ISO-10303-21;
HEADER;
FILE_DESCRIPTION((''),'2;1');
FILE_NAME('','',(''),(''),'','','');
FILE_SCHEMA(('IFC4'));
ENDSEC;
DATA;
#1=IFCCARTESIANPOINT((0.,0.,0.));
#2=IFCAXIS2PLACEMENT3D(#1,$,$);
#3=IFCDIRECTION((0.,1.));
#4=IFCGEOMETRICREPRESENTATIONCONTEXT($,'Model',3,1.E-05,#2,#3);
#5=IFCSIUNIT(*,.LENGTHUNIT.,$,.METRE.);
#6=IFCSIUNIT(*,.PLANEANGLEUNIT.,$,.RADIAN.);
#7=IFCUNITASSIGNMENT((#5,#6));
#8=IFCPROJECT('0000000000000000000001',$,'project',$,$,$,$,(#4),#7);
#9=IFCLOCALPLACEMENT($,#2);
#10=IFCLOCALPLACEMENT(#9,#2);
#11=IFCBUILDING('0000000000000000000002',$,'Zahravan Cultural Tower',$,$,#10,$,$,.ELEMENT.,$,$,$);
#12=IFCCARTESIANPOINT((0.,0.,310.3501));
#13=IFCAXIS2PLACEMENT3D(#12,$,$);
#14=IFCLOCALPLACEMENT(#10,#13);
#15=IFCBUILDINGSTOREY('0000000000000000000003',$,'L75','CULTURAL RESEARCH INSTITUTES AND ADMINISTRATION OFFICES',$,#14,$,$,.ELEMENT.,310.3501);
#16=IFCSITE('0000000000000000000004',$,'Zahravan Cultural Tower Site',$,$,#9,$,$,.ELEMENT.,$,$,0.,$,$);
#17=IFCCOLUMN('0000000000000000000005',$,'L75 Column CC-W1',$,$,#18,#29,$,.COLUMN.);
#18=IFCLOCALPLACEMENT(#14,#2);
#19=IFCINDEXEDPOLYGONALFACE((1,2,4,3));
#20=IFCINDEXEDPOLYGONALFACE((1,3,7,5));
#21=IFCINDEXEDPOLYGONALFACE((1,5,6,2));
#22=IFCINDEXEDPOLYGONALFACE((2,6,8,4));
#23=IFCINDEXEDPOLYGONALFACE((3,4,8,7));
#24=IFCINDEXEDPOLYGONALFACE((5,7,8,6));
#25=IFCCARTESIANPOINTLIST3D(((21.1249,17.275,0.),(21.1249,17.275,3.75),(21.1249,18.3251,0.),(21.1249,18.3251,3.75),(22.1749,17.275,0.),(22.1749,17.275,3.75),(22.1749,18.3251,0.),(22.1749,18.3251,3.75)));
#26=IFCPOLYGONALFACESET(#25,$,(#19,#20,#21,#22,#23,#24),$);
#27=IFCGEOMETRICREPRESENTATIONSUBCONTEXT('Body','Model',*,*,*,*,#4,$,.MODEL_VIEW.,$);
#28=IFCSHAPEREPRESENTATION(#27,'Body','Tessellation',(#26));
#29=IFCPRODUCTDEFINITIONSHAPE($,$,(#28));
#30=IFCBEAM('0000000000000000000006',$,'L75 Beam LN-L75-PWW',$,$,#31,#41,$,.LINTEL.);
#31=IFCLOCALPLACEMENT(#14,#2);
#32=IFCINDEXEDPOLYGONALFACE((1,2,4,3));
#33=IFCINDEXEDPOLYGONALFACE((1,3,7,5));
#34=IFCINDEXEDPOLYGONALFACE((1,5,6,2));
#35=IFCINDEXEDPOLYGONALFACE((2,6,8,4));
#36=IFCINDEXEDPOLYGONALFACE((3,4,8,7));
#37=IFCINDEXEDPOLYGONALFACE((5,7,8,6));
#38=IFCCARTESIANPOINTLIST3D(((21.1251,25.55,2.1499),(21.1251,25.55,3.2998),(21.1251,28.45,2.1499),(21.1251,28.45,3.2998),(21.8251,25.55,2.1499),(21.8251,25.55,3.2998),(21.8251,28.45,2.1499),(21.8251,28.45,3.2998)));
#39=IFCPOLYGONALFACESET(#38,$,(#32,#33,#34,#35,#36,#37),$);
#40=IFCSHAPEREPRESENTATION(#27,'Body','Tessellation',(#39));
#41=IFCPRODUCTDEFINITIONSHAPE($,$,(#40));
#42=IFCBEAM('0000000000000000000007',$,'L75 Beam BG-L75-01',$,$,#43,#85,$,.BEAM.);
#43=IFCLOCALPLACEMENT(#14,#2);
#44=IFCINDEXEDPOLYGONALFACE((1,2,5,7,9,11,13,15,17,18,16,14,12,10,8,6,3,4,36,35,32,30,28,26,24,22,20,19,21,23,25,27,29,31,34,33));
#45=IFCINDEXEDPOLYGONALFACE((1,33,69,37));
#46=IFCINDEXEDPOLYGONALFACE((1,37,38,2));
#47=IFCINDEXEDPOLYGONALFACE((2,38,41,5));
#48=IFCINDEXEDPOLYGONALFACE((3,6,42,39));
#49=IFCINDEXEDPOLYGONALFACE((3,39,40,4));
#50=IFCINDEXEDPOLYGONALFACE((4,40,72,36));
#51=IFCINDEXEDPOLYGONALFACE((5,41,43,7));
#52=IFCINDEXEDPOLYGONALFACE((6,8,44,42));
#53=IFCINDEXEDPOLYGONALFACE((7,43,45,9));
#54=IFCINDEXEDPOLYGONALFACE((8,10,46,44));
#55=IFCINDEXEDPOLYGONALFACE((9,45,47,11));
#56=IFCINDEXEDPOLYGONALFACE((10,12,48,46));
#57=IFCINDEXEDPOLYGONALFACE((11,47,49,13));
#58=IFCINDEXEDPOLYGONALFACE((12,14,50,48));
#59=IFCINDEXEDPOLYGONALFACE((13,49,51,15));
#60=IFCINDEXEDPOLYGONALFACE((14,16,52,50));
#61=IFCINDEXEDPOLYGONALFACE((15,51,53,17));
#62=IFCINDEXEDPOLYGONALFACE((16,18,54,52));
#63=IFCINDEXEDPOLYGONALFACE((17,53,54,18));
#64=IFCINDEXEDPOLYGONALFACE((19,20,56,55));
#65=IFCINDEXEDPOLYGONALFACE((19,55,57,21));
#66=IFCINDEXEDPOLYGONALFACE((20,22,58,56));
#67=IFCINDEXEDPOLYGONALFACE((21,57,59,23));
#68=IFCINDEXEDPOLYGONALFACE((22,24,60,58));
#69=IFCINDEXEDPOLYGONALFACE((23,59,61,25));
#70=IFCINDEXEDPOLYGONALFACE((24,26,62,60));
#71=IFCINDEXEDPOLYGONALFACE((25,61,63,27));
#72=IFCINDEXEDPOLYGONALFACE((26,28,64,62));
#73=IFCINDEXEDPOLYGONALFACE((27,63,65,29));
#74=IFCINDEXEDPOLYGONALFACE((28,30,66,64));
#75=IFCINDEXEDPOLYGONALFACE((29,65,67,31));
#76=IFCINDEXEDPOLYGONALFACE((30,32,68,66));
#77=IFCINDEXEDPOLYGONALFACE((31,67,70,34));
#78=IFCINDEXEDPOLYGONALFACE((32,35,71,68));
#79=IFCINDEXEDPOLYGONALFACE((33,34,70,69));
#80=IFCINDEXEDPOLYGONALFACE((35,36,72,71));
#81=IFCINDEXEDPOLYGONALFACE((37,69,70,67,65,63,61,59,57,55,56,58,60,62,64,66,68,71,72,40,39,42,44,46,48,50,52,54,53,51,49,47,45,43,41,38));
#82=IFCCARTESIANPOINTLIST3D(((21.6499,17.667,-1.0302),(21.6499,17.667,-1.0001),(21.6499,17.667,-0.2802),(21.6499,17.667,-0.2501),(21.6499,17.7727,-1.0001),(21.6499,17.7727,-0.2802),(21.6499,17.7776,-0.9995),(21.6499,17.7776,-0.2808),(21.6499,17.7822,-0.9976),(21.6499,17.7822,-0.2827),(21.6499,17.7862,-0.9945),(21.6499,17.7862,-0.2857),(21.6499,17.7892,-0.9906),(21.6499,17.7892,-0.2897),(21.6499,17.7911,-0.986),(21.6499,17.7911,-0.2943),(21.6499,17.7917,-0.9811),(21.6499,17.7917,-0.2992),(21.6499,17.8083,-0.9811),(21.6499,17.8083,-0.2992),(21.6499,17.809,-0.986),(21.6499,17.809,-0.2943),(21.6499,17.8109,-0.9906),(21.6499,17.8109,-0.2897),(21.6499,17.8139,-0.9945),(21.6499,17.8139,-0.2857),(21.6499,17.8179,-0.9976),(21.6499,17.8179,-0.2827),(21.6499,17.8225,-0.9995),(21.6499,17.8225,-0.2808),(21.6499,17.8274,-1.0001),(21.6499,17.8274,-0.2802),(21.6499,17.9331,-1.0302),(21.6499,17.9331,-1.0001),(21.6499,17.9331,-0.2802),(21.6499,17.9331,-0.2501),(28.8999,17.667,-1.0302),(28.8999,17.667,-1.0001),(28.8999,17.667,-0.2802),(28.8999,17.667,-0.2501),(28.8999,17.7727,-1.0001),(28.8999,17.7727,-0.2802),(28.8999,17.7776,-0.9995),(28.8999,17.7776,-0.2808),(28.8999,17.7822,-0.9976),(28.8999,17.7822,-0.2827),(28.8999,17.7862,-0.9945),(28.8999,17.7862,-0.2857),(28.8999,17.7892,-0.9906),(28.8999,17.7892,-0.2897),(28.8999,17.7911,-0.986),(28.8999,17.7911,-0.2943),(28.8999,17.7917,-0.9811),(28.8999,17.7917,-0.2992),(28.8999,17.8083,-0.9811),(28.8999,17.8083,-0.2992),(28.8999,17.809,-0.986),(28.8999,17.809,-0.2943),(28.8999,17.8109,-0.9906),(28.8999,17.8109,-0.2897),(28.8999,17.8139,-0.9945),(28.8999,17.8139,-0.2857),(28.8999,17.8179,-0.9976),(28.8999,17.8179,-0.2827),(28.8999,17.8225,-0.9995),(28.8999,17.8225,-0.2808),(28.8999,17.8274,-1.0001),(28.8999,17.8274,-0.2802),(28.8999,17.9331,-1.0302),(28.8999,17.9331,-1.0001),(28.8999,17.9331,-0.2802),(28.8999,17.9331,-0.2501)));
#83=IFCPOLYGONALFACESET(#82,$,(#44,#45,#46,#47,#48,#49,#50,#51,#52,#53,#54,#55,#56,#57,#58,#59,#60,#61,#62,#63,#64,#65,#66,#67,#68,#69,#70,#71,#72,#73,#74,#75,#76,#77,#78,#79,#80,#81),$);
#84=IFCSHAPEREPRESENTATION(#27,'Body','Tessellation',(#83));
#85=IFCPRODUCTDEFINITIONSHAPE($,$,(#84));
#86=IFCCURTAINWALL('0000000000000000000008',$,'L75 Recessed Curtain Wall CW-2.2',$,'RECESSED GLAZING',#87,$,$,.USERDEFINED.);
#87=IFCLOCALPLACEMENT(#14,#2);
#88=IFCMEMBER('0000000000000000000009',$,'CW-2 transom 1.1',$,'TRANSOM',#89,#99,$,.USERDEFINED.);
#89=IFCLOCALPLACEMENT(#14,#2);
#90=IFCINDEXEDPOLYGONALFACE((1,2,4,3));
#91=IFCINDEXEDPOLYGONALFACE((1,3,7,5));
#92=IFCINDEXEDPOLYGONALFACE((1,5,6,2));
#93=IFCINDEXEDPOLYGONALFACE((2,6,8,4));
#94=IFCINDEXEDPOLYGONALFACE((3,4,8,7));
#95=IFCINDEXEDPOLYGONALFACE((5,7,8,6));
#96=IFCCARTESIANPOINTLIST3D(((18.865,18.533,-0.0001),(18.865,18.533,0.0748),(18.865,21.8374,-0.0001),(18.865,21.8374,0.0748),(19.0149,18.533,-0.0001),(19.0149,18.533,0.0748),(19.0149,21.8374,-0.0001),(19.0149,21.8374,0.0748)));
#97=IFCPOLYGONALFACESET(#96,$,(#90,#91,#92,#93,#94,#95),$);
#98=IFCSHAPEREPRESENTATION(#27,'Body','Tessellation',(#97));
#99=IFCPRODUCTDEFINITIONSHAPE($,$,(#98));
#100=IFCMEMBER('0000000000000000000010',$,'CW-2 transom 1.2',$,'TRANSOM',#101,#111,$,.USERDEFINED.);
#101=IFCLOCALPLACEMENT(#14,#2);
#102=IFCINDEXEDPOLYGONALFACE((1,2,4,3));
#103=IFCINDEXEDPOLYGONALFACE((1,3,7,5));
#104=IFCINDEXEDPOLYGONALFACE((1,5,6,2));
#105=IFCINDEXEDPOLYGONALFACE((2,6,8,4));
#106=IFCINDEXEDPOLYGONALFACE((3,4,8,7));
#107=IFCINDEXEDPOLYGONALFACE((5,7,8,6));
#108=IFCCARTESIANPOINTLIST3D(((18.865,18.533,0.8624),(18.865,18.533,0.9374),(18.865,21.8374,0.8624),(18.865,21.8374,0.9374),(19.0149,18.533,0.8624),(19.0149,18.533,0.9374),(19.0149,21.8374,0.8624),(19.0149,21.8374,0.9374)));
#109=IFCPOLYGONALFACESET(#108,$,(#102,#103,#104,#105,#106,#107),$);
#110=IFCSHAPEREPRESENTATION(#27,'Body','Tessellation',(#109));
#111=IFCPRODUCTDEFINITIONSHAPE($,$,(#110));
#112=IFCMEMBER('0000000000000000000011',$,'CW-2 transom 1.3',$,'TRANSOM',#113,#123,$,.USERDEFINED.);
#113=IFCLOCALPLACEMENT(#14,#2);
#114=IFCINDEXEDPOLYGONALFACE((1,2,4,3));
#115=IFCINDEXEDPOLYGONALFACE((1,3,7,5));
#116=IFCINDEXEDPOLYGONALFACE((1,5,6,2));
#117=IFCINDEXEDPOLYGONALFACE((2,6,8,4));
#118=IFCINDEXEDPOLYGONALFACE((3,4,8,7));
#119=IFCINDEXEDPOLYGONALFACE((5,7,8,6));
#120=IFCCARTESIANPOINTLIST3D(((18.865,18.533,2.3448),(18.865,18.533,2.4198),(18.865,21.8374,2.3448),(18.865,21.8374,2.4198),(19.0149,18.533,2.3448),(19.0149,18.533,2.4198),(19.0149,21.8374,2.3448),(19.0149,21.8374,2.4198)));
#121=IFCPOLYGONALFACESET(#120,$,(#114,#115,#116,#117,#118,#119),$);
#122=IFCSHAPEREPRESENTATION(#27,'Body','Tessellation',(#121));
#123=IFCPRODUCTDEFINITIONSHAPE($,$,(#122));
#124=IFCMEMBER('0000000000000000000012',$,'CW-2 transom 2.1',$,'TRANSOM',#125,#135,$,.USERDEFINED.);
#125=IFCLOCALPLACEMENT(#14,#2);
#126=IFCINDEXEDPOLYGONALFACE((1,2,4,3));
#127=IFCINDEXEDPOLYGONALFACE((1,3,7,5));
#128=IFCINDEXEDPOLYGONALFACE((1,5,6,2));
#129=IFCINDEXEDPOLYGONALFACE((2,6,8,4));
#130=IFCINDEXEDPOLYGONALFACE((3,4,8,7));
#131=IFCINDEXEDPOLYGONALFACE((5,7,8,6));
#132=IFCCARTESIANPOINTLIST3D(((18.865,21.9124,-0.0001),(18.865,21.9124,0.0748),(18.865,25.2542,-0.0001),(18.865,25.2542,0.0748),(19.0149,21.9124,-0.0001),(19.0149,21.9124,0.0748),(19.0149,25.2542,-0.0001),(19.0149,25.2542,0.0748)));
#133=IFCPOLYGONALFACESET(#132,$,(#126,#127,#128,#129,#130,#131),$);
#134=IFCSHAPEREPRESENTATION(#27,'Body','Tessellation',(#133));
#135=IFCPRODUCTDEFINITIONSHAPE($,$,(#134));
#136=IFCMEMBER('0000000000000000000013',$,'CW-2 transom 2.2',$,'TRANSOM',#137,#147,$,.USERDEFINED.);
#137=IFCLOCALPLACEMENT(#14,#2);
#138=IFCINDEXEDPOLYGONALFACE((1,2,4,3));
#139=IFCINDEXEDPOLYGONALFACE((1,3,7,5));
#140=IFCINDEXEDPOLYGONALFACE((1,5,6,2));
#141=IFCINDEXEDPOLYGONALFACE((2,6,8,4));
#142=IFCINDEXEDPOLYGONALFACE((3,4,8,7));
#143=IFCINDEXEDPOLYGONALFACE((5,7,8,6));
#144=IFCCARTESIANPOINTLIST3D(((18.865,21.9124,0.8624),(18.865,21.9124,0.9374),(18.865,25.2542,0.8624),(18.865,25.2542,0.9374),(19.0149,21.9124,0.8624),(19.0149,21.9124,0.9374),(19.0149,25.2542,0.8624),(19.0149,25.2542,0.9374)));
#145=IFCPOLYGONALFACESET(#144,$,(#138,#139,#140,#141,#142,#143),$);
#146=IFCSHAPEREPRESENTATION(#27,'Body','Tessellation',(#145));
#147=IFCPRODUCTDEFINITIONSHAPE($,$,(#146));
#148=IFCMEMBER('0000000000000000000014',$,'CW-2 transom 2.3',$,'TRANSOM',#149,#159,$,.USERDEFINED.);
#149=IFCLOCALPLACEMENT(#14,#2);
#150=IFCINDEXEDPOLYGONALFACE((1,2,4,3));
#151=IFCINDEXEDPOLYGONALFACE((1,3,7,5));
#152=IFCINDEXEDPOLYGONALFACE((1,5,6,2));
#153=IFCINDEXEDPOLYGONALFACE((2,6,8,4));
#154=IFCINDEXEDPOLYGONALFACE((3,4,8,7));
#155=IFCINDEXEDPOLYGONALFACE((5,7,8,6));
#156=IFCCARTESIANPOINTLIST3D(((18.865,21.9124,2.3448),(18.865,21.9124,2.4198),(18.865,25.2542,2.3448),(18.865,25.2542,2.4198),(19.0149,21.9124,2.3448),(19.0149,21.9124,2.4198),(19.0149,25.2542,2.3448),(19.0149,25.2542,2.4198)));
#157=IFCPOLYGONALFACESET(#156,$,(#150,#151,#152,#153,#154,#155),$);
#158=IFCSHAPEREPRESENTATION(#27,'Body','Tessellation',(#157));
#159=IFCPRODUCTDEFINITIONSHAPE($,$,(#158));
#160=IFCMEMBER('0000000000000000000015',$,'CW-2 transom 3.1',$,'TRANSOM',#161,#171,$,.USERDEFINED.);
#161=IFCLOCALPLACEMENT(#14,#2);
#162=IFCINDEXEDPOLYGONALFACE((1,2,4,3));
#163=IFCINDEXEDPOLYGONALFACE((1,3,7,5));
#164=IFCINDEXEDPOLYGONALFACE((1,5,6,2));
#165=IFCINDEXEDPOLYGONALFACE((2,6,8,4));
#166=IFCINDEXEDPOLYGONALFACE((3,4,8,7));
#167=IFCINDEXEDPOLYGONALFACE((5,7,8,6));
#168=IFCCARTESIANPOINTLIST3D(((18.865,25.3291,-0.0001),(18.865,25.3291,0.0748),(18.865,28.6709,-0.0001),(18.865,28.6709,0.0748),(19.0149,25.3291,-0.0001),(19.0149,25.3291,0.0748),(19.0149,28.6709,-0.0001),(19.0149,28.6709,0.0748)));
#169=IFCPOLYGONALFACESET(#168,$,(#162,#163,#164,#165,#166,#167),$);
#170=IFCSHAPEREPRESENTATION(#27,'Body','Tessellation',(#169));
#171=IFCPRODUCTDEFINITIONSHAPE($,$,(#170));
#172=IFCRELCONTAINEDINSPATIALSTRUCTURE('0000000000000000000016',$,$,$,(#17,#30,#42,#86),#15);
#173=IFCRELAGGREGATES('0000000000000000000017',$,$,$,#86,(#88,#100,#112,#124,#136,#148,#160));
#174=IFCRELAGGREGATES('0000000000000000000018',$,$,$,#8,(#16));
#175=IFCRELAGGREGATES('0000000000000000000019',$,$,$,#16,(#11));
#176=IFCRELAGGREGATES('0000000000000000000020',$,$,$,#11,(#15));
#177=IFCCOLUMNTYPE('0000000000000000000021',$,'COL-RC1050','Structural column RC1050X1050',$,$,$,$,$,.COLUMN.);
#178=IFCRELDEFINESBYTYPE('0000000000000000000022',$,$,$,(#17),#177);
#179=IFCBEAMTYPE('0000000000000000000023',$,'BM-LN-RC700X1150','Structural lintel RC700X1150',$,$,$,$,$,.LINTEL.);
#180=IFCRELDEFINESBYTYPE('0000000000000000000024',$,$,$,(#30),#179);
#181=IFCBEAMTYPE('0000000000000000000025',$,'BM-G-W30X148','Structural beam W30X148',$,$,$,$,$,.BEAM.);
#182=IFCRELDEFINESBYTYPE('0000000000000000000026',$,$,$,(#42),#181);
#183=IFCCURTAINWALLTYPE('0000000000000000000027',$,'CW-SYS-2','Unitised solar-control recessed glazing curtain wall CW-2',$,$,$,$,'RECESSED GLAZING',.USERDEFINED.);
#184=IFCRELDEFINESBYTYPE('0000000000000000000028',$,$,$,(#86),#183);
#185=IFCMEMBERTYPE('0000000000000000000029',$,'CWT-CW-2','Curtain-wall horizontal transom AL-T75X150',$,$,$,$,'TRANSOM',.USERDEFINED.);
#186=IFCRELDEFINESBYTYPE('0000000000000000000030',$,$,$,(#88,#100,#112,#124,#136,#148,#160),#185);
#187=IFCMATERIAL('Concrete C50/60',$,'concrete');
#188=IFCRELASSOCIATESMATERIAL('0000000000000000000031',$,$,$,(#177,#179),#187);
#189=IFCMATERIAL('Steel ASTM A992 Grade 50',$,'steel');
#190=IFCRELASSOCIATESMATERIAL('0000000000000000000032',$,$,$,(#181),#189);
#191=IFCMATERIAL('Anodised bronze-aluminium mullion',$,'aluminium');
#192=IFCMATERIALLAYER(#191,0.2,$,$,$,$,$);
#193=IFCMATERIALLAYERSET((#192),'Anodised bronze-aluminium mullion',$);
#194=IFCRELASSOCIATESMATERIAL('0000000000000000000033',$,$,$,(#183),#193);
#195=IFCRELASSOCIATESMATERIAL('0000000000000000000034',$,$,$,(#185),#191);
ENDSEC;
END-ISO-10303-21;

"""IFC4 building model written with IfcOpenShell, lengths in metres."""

from ifc_helpers import new_model, si_unit, direction, frame, origin, origin_2d, place, context, subcontext, project, spatial, rectangle, i_section, extrude, source, transform, mapped, material, layer, layer_set, material_profile, profile_set, type_object, element, aggregate, save


model = new_model("IFC4")

# Units and contexts
model_context = context("Model", 3, precision=1e-05, world=origin(), true_north=direction((0.0, 1.0)))
body_context = subcontext(model_context, "Body", "Model", "MODEL_VIEW")
ifc_project = project(units=[si_unit("LENGTHUNIT", "METRE"), si_unit("PLANEANGLEUNIT", "RADIAN")], contexts=[model_context])

# Site, building, storey
site_placement = place(None, origin())
site = spatial("IfcSite", under=ifc_project, at=site_placement, Name="Zahravan Cultural Tower Site", CompositionType="ELEMENT", RefElevation=0.0)
building_placement = place(site_placement, origin())
building = spatial("IfcBuilding", under=site, at=building_placement, Name="Zahravan Cultural Tower", CompositionType="ELEMENT")
storey_placement = place(building_placement, frame((0.0, 0.0, 310.3501)))
storey = spatial("IfcBuildingStorey", under=building, at=storey_placement, Name="L75", Description="CULTURAL RESEARCH INSTITUTES AND ADMINISTRATION OFFICES", CompositionType="ELEMENT", Elevation=310.3501)

# Column
ifc_material_1 = material(Name="Concrete C50/60", Category="concrete")
ifc_material_profile_1 = material_profile(ifc_material_1, rectangle(XDim=1.05, YDim=1.05, at=origin_2d()), Name="RC1050X1050")
ifc_profile_set_1 = profile_set([ifc_material_profile_1], Name="Concrete C50/60")
column_type = type_object("IfcColumnType", Name="COL-RC1050", Description="Structural column RC1050X1050", PredefinedType="COLUMN", material=ifc_profile_set_1)
shared_shape_1 = source(origin(), body_context, "Body", "SweptSolid", [
    extrude(rectangle(XDim=1.05, YDim=1.05, at=origin_2d()), origin(), (0.0, 0.0, 1.0), 3.75),
])
column_placement = place(storey_placement, frame((21.6499, 17.8, 0.0), z_axis=(0.0, 0.0, 1.0), x_axis=(1.0, 0.0, 0.0)))
element("IfcColumn", 1, at=column_placement, inside=storey, type_object=column_type, Name="L75 Column CC-W1", PredefinedType="COLUMN", context=body_context, shape_type="MappedRepresentation", body=[
    mapped(shared_shape_1, transform((0.0, 0.0, 0.0), x_axis=(1.0, 0.0, 0.0), y_axis=(0.0, 1.0, 0.0), z_axis=(0.0, 0.0, 1.0), scale=1.0)),
])

# Beams
ifc_material_profile_2 = material_profile(ifc_material_1, rectangle(XDim=0.7, YDim=1.1499, at=origin_2d()), Name="RC700X1150")
ifc_profile_set_2 = profile_set([ifc_material_profile_2], Name="Concrete C50/60")
beam_type_1 = type_object("IfcBeamType", Name="BM-LN-RC700X1150", Description="Structural lintel RC700X1150", PredefinedType="LINTEL", material=ifc_profile_set_2)
shared_shape_2 = source(origin(), body_context, "Body", "SweptSolid", [
    extrude(rectangle(XDim=0.7, YDim=1.1499, at=origin_2d()), origin(), (0.0, 0.0, 1.0), 2.8999),
])
beam_1_placement = place(storey_placement, frame((21.4751, 25.55, 2.7249), z_axis=(0.0, 1.0, 0.0), x_axis=(-1.0, 0.0, 0.0)))
element("IfcBeam", 2, at=beam_1_placement, inside=storey, type_object=beam_type_1, Name="L75 Beam LN-L75-PWW", PredefinedType="LINTEL", context=body_context, shape_type="MappedRepresentation", body=[
    mapped(shared_shape_2, transform((0.0, 0.0, 0.0), x_axis=(1.0, 0.0, 0.0), y_axis=(0.0, 1.0, 0.0), z_axis=(0.0, 0.0, 1.0), scale=1.0)),
])
ifc_material_2 = material(Name="Steel ASTM A992 Grade 50", Category="steel")
ifc_material_profile_3 = material_profile(ifc_material_2, i_section(OverallWidth=0.2661, OverallDepth=0.78, WebThickness=0.0166, FlangeThickness=0.03, FilletRadius=0.019, at=origin_2d()), Name="W30X148")
ifc_profile_set_3 = profile_set([ifc_material_profile_3], Name="Steel ASTM A992 Grade 50")
beam_type_2 = type_object("IfcBeamType", Name="BM-G-W30X148", Description="Structural beam W30X148", PredefinedType="BEAM", material=ifc_profile_set_3)
shared_shape_3 = source(origin(), body_context, "Body", "SweptSolid", [
    extrude(i_section(OverallWidth=0.2661, OverallDepth=0.78, WebThickness=0.0166, FlangeThickness=0.03, FilletRadius=0.019, at=origin_2d()), origin(), (0.0, 0.0, 1.0), 7.25),
])
beam_2_placement = place(storey_placement, frame((21.6499, 17.8, -0.6401), z_axis=(1.0, 0.0, 0.0), x_axis=(0.0, 1.0, 0.0)))
element("IfcBeam", 3, at=beam_2_placement, inside=storey, type_object=beam_type_2, Name="L75 Beam BG-L75-01", PredefinedType="BEAM", context=body_context, shape_type="MappedRepresentation", body=[
    mapped(shared_shape_3, transform((0.0, 0.0, 0.0), x_axis=(1.0, 0.0, 0.0), y_axis=(0.0, 1.0, 0.0), z_axis=(0.0, 0.0, 1.0), scale=1.0)),
])

# Curtain wall, members
ifc_material_3 = material(Name="Anodised bronze-aluminium mullion", Category="aluminium")
ifc_layer_1 = layer(ifc_material_3, 0.2)
ifc_layer_set_1 = layer_set([ifc_layer_1], Name="Anodised bronze-aluminium mullion")
curtain_wall_type = type_object("IfcCurtainWallType", Name="CW-SYS-2", Description="Unitised solar-control recessed glazing curtain wall CW-2", ElementType="RECESSED GLAZING", PredefinedType="USERDEFINED", material=ifc_layer_set_1)
curtain_wall_placement = place(storey_placement, origin())
curtain_wall = element("IfcCurtainWall", 4, at=curtain_wall_placement, inside=storey, type_object=curtain_wall_type, Name="L75 Recessed Curtain Wall CW-2.2", ObjectType="RECESSED GLAZING", PredefinedType="USERDEFINED")
ifc_material_profile_4 = material_profile(ifc_material_3, rectangle(XDim=0.1499, YDim=0.075, at=origin_2d()), Name="AL-T75X150")
ifc_profile_set_4 = profile_set([ifc_material_profile_4], Name="Anodised bronze-aluminium mullion")
member_type_1 = type_object("IfcMemberType", Name="CWT-CW-2", Description="Curtain-wall horizontal transom AL-T75X150", ElementType="TRANSOM", PredefinedType="USERDEFINED", material=ifc_profile_set_4)
shared_shape_4 = source(origin(), body_context, "Body", "SweptSolid", [
    extrude(rectangle(XDim=0.1499, YDim=0.075, at=origin_2d()), origin(), (0.0, 0.0, 1.0), 3.3044),
])
member_1_placement = place(storey_placement, frame((18.9399, 18.533, 0.0374), z_axis=(0.0, 1.0, 0.0), x_axis=(-1.0, 0.0, 0.0)))
member_1 = element("IfcMember", 5, at=member_1_placement, type_object=member_type_1, Name="CW-2 transom 1.1", ObjectType="TRANSOM", PredefinedType="USERDEFINED", context=body_context, shape_type="MappedRepresentation", body=[
    mapped(shared_shape_4, transform((0.0, 0.0, 0.0), x_axis=(1.0, 0.0, 0.0), y_axis=(0.0, 1.0, 0.0), z_axis=(0.0, 0.0, 1.0), scale=1.0)),
])
member_2_placement = place(storey_placement, frame((18.9399, 18.533, 0.8999), z_axis=(0.0, 1.0, 0.0), x_axis=(-1.0, 0.0, 0.0)))
member_2 = element("IfcMember", 6, at=member_2_placement, type_object=member_type_1, Name="CW-2 transom 1.2", ObjectType="TRANSOM", PredefinedType="USERDEFINED", context=body_context, shape_type="MappedRepresentation", body=[
    mapped(shared_shape_4, transform((0.0, 0.0, 0.0), x_axis=(1.0, 0.0, 0.0), y_axis=(0.0, 1.0, 0.0), z_axis=(0.0, 0.0, 1.0), scale=1.0)),
])
member_3_placement = place(storey_placement, frame((18.9399, 18.533, 2.3823), z_axis=(0.0, 1.0, 0.0), x_axis=(-1.0, 0.0, 0.0)))
member_3 = element("IfcMember", 7, at=member_3_placement, type_object=member_type_1, Name="CW-2 transom 1.3", ObjectType="TRANSOM", PredefinedType="USERDEFINED", context=body_context, shape_type="MappedRepresentation", body=[
    mapped(shared_shape_4, transform((0.0, 0.0, 0.0), x_axis=(1.0, 0.0, 0.0), y_axis=(0.0, 1.0, 0.0), z_axis=(0.0, 0.0, 1.0), scale=1.0)),
])
shared_shape_5 = source(origin(), body_context, "Body", "SweptSolid", [
    extrude(rectangle(XDim=0.1499, YDim=0.075, at=origin_2d()), origin(), (0.0, 0.0, 1.0), 3.3418),
])
member_4_placement = place(storey_placement, frame((18.9399, 21.9124, 0.0374), z_axis=(0.0, 1.0, 0.0), x_axis=(-1.0, 0.0, 0.0)))
member_4 = element("IfcMember", 8, at=member_4_placement, type_object=member_type_1, Name="CW-2 transom 2.1", ObjectType="TRANSOM", PredefinedType="USERDEFINED", context=body_context, shape_type="MappedRepresentation", body=[
    mapped(shared_shape_5, transform((0.0, 0.0, 0.0), x_axis=(1.0, 0.0, 0.0), y_axis=(0.0, 1.0, 0.0), z_axis=(0.0, 0.0, 1.0), scale=1.0)),
])
member_5_placement = place(storey_placement, frame((18.9399, 21.9124, 0.8999), z_axis=(0.0, 1.0, 0.0), x_axis=(-1.0, 0.0, 0.0)))
member_5 = element("IfcMember", 9, at=member_5_placement, type_object=member_type_1, Name="CW-2 transom 2.2", ObjectType="TRANSOM", PredefinedType="USERDEFINED", context=body_context, shape_type="MappedRepresentation", body=[
    mapped(shared_shape_5, transform((0.0, 0.0, 0.0), x_axis=(1.0, 0.0, 0.0), y_axis=(0.0, 1.0, 0.0), z_axis=(0.0, 0.0, 1.0), scale=1.0)),
])
member_6_placement = place(storey_placement, frame((18.9399, 21.9124, 2.3823), z_axis=(0.0, 1.0, 0.0), x_axis=(-1.0, 0.0, 0.0)))
member_6 = element("IfcMember", 10, at=member_6_placement, type_object=member_type_1, Name="CW-2 transom 2.3", ObjectType="TRANSOM", PredefinedType="USERDEFINED", context=body_context, shape_type="MappedRepresentation", body=[
    mapped(shared_shape_5, transform((0.0, 0.0, 0.0), x_axis=(1.0, 0.0, 0.0), y_axis=(0.0, 1.0, 0.0), z_axis=(0.0, 0.0, 1.0), scale=1.0)),
])
member_7_placement = place(storey_placement, frame((18.9399, 25.3291, 0.0374), z_axis=(0.0, 1.0, 0.0), x_axis=(-1.0, 0.0, 0.0)))
member_7 = element("IfcMember", 11, at=member_7_placement, type_object=member_type_1, Name="CW-2 transom 3.1", ObjectType="TRANSOM", PredefinedType="USERDEFINED", context=body_context, shape_type="MappedRepresentation", body=[
    mapped(shared_shape_5, transform((0.0, 0.0, 0.0), x_axis=(1.0, 0.0, 0.0), y_axis=(0.0, 1.0, 0.0), z_axis=(0.0, 0.0, 1.0), scale=1.0)),
])

aggregate(curtain_wall, [member_1, member_2, member_3, member_4, member_5, member_6, member_7])

save(model, "model.ifc")
